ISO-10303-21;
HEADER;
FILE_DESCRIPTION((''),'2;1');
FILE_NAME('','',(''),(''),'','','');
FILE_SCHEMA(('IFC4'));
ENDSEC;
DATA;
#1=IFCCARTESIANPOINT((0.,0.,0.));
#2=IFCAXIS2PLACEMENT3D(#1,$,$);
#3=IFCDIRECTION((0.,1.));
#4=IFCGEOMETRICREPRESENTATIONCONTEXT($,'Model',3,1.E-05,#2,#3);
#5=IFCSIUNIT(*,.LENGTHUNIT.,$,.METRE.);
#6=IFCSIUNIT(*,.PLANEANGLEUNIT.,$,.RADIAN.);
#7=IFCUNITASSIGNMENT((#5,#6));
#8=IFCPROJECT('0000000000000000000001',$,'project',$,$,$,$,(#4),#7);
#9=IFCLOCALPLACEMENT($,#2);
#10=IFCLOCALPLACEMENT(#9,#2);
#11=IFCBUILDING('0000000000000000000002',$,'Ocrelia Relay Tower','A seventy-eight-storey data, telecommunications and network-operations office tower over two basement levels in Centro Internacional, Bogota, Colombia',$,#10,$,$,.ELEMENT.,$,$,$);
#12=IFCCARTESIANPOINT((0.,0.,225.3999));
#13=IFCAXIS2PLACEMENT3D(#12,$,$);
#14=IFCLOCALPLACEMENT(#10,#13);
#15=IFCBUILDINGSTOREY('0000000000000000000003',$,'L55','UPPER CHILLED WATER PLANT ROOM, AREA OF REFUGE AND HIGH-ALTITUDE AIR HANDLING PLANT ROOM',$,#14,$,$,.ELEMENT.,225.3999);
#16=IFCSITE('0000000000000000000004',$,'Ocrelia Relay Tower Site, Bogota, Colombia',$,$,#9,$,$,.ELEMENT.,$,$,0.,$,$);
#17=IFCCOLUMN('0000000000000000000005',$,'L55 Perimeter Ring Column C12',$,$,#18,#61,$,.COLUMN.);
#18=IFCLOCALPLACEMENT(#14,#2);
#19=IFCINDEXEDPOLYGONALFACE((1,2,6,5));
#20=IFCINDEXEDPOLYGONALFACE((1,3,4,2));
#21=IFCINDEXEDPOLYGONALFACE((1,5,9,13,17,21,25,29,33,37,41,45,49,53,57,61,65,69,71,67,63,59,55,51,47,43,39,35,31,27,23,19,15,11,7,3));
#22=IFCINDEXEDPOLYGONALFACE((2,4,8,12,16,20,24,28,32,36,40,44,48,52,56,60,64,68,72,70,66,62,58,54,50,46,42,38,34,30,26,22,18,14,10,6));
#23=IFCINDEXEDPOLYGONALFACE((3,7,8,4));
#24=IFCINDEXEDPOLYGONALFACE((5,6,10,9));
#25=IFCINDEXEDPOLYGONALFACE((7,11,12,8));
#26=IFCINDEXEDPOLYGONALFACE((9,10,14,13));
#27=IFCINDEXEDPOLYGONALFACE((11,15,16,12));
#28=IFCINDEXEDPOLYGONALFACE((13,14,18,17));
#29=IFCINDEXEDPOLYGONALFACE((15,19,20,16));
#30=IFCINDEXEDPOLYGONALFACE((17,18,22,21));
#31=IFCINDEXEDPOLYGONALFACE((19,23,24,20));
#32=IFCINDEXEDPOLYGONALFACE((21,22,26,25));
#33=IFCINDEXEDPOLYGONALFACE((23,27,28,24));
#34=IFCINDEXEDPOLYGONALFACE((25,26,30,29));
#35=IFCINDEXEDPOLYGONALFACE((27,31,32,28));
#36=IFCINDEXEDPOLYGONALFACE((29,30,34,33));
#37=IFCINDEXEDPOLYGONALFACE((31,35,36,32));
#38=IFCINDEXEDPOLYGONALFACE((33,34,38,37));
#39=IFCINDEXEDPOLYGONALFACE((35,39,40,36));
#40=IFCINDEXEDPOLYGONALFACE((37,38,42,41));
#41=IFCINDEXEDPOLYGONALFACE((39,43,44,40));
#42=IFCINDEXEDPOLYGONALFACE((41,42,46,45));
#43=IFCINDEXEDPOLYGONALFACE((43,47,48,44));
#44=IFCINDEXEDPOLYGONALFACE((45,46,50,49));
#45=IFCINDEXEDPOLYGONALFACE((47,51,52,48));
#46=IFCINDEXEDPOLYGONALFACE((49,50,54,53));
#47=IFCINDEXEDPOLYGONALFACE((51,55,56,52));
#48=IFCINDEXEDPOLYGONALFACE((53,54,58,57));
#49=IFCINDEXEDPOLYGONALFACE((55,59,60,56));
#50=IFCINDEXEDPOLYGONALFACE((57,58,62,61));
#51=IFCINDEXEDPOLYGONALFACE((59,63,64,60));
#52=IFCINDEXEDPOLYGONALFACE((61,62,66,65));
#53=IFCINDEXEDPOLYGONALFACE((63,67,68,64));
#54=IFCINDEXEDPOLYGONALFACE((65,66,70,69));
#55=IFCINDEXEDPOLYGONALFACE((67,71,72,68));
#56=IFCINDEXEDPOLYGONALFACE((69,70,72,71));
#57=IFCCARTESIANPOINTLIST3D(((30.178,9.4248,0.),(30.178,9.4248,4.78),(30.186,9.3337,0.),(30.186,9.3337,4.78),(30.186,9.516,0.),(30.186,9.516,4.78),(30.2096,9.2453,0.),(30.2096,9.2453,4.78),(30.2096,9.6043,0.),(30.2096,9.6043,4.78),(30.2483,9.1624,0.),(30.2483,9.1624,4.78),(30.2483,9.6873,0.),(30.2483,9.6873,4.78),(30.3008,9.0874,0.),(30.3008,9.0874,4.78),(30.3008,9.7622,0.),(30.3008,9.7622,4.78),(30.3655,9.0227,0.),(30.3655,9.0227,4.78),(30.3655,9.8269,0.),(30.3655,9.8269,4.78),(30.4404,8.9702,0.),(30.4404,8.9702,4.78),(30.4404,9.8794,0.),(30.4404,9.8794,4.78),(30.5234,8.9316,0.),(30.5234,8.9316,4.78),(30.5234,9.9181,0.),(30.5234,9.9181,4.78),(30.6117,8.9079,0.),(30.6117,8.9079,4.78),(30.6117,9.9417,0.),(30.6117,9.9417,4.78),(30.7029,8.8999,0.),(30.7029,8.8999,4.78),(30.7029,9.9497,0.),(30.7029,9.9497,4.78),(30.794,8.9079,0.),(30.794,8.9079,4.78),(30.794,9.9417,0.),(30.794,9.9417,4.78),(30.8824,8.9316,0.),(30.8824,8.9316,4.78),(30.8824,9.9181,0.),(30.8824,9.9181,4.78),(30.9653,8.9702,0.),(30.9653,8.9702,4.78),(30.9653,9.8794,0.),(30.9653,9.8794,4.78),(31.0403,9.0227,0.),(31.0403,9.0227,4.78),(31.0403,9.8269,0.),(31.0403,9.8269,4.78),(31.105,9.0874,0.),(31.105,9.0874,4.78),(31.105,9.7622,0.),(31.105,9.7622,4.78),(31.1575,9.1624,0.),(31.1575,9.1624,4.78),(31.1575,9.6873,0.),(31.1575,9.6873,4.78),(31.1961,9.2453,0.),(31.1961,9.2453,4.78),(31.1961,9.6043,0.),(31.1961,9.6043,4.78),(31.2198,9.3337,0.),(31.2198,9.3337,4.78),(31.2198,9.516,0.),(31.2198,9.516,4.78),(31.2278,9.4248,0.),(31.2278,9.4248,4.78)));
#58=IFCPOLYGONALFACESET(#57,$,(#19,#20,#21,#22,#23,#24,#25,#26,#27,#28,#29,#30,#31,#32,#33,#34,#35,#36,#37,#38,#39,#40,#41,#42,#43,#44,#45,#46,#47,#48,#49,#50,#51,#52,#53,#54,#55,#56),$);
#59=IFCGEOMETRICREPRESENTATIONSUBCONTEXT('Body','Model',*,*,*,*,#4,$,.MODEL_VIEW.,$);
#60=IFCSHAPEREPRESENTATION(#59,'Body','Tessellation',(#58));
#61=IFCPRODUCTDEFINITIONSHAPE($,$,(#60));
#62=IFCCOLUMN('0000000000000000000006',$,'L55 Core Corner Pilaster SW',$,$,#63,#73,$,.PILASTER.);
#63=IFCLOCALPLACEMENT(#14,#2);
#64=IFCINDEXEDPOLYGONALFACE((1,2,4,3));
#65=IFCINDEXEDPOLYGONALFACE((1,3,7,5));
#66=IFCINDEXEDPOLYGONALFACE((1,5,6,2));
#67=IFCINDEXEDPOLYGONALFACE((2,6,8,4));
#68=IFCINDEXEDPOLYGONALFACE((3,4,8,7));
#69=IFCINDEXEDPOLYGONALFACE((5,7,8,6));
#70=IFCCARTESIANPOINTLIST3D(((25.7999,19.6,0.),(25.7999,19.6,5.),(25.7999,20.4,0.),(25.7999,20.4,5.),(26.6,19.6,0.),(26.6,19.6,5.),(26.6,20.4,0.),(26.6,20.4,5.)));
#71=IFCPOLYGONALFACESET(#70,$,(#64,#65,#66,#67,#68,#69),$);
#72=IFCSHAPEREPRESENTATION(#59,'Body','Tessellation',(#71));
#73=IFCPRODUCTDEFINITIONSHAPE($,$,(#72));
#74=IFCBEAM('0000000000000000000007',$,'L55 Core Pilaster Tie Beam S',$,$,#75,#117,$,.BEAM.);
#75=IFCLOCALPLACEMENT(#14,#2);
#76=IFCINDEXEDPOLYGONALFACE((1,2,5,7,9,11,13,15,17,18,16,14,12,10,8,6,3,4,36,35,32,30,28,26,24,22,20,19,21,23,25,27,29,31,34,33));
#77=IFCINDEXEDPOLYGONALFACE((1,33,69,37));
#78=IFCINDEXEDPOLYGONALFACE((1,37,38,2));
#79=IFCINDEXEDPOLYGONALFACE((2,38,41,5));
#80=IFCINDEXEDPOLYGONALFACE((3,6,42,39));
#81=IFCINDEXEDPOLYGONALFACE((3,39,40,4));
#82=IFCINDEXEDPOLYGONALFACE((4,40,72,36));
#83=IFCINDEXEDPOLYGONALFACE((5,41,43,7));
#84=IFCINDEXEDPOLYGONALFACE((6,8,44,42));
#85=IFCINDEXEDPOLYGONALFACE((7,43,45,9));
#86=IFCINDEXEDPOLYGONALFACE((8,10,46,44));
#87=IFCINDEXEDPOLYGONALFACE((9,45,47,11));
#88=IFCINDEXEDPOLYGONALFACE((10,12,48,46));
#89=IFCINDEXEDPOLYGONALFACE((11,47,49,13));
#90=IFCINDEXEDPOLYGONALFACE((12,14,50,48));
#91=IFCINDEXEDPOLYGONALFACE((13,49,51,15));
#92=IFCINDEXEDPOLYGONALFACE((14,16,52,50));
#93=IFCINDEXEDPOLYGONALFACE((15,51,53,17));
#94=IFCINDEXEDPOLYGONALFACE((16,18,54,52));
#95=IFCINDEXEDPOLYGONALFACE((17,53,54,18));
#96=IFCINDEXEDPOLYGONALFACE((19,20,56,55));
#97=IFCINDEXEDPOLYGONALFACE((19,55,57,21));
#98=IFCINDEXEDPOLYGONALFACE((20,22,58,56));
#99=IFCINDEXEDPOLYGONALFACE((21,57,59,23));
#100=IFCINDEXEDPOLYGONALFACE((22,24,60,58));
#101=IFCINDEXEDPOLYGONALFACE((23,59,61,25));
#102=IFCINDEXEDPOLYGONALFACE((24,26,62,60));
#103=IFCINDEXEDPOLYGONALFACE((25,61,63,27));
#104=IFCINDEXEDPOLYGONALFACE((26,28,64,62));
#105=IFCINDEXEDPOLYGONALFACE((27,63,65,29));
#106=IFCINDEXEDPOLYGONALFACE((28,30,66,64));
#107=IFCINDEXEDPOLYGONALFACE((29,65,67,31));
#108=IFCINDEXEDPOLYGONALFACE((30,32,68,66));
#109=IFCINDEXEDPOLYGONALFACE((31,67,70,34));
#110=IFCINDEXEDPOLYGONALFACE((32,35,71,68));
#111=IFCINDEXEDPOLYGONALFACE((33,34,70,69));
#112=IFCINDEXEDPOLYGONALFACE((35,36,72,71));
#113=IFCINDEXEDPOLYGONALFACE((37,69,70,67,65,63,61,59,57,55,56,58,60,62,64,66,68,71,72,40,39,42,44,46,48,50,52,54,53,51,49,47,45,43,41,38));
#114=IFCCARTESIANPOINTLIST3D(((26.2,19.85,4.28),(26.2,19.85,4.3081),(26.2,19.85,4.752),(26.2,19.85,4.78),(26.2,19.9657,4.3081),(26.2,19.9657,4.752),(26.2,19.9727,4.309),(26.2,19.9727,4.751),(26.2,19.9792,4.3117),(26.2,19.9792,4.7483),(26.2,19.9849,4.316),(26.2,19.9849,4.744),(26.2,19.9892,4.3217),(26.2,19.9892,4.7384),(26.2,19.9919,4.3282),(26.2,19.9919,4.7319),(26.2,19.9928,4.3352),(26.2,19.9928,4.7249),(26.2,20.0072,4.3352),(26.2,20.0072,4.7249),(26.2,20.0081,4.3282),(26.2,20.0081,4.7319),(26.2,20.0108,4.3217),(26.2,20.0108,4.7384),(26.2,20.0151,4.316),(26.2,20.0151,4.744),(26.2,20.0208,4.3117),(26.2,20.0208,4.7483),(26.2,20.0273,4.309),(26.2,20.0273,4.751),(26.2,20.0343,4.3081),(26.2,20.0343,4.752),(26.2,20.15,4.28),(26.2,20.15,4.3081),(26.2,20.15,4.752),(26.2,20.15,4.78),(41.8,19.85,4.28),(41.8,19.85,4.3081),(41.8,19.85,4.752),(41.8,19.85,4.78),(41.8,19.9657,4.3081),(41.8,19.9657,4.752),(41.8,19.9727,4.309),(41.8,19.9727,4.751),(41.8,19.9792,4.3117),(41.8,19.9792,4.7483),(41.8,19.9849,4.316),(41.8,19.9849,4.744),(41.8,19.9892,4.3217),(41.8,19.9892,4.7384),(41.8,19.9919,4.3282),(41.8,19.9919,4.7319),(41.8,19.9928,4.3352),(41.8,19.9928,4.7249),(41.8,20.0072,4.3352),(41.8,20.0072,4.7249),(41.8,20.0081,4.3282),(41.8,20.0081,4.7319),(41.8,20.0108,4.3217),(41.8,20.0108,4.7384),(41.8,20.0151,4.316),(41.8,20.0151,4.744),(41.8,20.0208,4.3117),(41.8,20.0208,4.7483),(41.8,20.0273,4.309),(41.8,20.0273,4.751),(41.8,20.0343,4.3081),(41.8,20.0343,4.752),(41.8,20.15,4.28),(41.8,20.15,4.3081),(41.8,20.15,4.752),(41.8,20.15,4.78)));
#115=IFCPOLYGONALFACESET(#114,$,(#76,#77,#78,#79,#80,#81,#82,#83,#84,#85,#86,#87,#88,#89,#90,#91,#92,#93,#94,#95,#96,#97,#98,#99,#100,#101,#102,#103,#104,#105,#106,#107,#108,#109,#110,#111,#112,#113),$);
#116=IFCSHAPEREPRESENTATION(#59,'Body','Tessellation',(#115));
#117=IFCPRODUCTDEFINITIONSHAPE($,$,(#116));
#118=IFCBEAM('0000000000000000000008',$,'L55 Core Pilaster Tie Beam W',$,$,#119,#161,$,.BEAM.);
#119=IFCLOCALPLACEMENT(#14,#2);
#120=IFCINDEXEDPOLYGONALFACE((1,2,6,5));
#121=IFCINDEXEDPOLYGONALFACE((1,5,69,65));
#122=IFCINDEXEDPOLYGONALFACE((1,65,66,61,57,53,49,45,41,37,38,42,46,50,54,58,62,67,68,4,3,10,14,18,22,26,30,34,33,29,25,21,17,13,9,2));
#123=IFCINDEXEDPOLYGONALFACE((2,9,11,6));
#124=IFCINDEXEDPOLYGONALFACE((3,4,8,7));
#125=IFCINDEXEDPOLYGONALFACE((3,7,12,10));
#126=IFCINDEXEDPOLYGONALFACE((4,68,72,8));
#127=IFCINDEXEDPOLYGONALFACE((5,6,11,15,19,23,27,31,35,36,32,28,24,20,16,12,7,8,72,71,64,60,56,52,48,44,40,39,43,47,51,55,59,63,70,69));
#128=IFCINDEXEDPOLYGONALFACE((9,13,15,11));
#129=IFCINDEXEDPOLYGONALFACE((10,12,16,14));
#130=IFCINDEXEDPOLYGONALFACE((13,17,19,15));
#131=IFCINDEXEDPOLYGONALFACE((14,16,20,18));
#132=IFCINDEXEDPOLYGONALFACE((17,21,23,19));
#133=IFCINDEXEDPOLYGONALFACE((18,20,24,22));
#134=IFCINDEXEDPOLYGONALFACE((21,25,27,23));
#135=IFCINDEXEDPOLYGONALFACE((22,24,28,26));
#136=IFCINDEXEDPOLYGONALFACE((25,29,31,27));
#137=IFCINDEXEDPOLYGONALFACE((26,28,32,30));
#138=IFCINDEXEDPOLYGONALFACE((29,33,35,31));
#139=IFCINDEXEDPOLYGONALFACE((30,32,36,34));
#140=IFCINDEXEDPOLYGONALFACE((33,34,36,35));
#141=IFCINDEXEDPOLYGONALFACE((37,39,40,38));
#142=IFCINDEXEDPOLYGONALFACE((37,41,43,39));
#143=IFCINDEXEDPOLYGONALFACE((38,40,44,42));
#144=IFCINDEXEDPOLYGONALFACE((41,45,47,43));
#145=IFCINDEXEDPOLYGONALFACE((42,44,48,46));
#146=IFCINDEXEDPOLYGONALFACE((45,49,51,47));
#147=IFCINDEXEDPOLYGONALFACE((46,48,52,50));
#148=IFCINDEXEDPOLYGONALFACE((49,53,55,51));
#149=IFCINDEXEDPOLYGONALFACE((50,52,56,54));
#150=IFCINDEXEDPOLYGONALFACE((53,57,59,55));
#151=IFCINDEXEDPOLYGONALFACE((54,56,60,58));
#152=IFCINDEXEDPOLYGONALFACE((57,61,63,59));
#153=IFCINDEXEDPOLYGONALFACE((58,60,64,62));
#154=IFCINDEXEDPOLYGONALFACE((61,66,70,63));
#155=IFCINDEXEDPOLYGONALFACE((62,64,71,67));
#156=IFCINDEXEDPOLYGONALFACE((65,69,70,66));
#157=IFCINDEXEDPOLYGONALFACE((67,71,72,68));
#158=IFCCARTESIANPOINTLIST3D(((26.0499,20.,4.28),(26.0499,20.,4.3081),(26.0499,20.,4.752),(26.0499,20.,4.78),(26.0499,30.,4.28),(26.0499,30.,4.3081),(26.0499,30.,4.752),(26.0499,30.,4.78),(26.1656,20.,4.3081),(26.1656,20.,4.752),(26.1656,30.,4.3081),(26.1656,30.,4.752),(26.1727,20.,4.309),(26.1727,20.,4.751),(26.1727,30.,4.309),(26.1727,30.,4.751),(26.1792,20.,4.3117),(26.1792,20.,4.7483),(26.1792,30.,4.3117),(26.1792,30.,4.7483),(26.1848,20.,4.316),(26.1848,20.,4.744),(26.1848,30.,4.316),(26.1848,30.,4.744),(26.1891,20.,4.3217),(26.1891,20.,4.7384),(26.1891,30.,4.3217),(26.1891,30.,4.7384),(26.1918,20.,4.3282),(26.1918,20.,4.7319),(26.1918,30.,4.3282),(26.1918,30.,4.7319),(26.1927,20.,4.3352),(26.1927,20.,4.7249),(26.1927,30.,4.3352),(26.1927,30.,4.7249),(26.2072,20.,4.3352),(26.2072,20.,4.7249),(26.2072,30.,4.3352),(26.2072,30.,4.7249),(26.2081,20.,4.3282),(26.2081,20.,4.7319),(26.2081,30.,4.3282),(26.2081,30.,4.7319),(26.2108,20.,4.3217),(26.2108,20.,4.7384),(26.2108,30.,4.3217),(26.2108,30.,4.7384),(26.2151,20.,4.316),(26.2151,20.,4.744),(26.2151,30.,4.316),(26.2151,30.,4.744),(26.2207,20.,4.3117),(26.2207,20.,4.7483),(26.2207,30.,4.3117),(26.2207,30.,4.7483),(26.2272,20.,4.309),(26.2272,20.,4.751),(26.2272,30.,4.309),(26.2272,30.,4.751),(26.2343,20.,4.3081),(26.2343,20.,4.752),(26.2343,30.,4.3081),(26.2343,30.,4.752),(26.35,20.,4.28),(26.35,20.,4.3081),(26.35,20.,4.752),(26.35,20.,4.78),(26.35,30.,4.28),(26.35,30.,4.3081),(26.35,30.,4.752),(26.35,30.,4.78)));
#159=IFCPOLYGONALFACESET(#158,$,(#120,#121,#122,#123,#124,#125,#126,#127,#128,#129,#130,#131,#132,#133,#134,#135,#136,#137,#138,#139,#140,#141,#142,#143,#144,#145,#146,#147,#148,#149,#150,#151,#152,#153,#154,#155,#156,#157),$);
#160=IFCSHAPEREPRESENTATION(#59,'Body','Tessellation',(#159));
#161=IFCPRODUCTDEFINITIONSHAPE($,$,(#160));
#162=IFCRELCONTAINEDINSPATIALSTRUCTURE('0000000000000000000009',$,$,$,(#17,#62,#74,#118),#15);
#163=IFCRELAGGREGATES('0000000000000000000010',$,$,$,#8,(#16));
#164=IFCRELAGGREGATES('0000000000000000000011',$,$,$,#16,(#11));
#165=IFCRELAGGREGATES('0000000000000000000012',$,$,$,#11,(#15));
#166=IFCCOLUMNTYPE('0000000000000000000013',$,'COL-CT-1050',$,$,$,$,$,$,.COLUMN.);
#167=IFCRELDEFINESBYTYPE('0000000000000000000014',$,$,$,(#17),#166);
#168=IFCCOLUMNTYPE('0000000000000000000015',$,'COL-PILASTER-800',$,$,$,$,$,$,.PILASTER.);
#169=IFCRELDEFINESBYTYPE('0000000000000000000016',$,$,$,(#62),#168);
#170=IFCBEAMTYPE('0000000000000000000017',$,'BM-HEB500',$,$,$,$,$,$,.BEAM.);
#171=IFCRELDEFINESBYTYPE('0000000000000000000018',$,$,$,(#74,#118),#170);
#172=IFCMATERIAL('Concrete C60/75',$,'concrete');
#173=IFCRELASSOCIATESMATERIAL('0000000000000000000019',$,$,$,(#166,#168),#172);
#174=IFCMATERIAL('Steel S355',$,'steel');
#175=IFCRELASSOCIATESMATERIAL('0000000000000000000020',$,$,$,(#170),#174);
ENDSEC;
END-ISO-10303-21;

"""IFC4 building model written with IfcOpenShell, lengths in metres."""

from ifc_helpers import new_model, si_unit, direction, frame, origin, origin_2d, place, context, subcontext, project, spatial, rectangle, circle, i_section, extrude, material, material_profile, profile_set, type_object, element, save


model = new_model("IFC4")

# Units and contexts
model_context = context("Model", 3, precision=1e-05, world=origin(), true_north=direction((0.0, 1.0)))
body_context = subcontext(model_context, "Body", "Model", "MODEL_VIEW")
ifc_project = project(units=[si_unit("LENGTHUNIT", "METRE"), si_unit("PLANEANGLEUNIT", "RADIAN")], contexts=[model_context])

# Site, building, storey
site_placement = place(None, origin())
site = spatial("IfcSite", under=ifc_project, at=site_placement, Name="Ocrelia Relay Tower Site, Bogota, Colombia", CompositionType="ELEMENT", RefElevation=0.0)
building_placement = place(site_placement, origin())
building = spatial("IfcBuilding", under=site, at=building_placement, Name="Ocrelia Relay Tower", Description="A seventy-eight-storey data, telecommunications and network-operations office tower over two basement levels in Centro Internacional, Bogota, Colombia", CompositionType="ELEMENT")
storey_placement = place(building_placement, frame((0.0, 0.0, 225.3999)))
storey = spatial("IfcBuildingStorey", under=building, at=storey_placement, Name="L55", Description="UPPER CHILLED WATER PLANT ROOM, AREA OF REFUGE AND HIGH-ALTITUDE AIR HANDLING PLANT ROOM", CompositionType="ELEMENT", Elevation=225.3999)

# Columns
ifc_material_1 = material(Name="Concrete C60/75", Category="concrete")
ifc_material_profile_1 = material_profile(ifc_material_1, circle(Radius=0.5249, at=origin_2d()), Name="RC-CIR-1050")
ifc_profile_set_1 = profile_set([ifc_material_profile_1], Name="Concrete C60/75")
column_type_1 = type_object("IfcColumnType", Name="COL-CT-1050", PredefinedType="COLUMN", material=ifc_profile_set_1)
column_1_placement = place(storey_placement, frame((30.7029, 9.4248, 0.0), z_axis=(0.0, 0.0, 1.0), x_axis=(1.0, 0.0, 0.0)))
element("IfcColumn", 1, at=column_1_placement, inside=storey, type_object=column_type_1, Name="L55 Perimeter Ring Column C12", PredefinedType="COLUMN", context=body_context, shape_type="SweptSolid", body=[
    extrude(circle(Radius=0.5249, at=origin_2d()), origin(), (0.0, 0.0, 1.0), 4.78),
])
ifc_material_profile_2 = material_profile(ifc_material_1, rectangle(XDim=0.8, YDim=0.8, at=origin_2d()), Name="RC-COL-800x800")
ifc_profile_set_2 = profile_set([ifc_material_profile_2], Name="Concrete C60/75")
column_type_2 = type_object("IfcColumnType", Name="COL-PILASTER-800", PredefinedType="PILASTER", material=ifc_profile_set_2)
column_2_placement = place(storey_placement, frame((26.2, 20.0, 0.0), z_axis=(0.0, 0.0, 1.0), x_axis=(1.0, 0.0, 0.0)))
element("IfcColumn", 2, at=column_2_placement, inside=storey, type_object=column_type_2, Name="L55 Core Corner Pilaster SW", PredefinedType="PILASTER", context=body_context, shape_type="SweptSolid", body=[
    extrude(rectangle(XDim=0.8, YDim=0.8, at=origin_2d()), origin(), (0.0, 0.0, 1.0), 5.0),
])

# Beams
ifc_material_2 = material(Name="Steel S355", Category="steel")
ifc_material_profile_3 = material_profile(ifc_material_2, i_section(OverallWidth=0.3, OverallDepth=0.5, WebThickness=0.0144, FlangeThickness=0.0281, FilletRadius=0.0271, at=origin_2d()), Name="HEB 500")
ifc_profile_set_3 = profile_set([ifc_material_profile_3], Name="Steel S355")
beam_type_1 = type_object("IfcBeamType", Name="BM-HEB500", PredefinedType="BEAM", material=ifc_profile_set_3)
beam_1_placement = place(storey_placement, frame((26.2, 20.0, 4.53), z_axis=(1.0, 0.0, 0.0), x_axis=(0.0, 1.0, 0.0)))
element("IfcBeam", 3, at=beam_1_placement, inside=storey, type_object=beam_type_1, Name="L55 Core Pilaster Tie Beam S", PredefinedType="BEAM", context=body_context, shape_type="SweptSolid", body=[
    extrude(i_section(OverallWidth=0.3, OverallDepth=0.5, WebThickness=0.0144, FlangeThickness=0.0281, FilletRadius=0.0271, at=origin_2d()), origin(), (0.0, 0.0, 1.0), 15.6001),
])
beam_2_placement = place(storey_placement, frame((26.2, 20.0, 4.53), z_axis=(0.0, 1.0, 0.0), x_axis=(-1.0, 0.0, 0.0)))
element("IfcBeam", 4, at=beam_2_placement, inside=storey, type_object=beam_type_1, Name="L55 Core Pilaster Tie Beam W", PredefinedType="BEAM", context=body_context, shape_type="SweptSolid", body=[
    extrude(i_section(OverallWidth=0.3, OverallDepth=0.5, WebThickness=0.0144, FlangeThickness=0.0281, FilletRadius=0.0271, at=origin_2d()), origin(), (0.0, 0.0, 1.0), 10.0),
])

save(model, "model.ifc")
